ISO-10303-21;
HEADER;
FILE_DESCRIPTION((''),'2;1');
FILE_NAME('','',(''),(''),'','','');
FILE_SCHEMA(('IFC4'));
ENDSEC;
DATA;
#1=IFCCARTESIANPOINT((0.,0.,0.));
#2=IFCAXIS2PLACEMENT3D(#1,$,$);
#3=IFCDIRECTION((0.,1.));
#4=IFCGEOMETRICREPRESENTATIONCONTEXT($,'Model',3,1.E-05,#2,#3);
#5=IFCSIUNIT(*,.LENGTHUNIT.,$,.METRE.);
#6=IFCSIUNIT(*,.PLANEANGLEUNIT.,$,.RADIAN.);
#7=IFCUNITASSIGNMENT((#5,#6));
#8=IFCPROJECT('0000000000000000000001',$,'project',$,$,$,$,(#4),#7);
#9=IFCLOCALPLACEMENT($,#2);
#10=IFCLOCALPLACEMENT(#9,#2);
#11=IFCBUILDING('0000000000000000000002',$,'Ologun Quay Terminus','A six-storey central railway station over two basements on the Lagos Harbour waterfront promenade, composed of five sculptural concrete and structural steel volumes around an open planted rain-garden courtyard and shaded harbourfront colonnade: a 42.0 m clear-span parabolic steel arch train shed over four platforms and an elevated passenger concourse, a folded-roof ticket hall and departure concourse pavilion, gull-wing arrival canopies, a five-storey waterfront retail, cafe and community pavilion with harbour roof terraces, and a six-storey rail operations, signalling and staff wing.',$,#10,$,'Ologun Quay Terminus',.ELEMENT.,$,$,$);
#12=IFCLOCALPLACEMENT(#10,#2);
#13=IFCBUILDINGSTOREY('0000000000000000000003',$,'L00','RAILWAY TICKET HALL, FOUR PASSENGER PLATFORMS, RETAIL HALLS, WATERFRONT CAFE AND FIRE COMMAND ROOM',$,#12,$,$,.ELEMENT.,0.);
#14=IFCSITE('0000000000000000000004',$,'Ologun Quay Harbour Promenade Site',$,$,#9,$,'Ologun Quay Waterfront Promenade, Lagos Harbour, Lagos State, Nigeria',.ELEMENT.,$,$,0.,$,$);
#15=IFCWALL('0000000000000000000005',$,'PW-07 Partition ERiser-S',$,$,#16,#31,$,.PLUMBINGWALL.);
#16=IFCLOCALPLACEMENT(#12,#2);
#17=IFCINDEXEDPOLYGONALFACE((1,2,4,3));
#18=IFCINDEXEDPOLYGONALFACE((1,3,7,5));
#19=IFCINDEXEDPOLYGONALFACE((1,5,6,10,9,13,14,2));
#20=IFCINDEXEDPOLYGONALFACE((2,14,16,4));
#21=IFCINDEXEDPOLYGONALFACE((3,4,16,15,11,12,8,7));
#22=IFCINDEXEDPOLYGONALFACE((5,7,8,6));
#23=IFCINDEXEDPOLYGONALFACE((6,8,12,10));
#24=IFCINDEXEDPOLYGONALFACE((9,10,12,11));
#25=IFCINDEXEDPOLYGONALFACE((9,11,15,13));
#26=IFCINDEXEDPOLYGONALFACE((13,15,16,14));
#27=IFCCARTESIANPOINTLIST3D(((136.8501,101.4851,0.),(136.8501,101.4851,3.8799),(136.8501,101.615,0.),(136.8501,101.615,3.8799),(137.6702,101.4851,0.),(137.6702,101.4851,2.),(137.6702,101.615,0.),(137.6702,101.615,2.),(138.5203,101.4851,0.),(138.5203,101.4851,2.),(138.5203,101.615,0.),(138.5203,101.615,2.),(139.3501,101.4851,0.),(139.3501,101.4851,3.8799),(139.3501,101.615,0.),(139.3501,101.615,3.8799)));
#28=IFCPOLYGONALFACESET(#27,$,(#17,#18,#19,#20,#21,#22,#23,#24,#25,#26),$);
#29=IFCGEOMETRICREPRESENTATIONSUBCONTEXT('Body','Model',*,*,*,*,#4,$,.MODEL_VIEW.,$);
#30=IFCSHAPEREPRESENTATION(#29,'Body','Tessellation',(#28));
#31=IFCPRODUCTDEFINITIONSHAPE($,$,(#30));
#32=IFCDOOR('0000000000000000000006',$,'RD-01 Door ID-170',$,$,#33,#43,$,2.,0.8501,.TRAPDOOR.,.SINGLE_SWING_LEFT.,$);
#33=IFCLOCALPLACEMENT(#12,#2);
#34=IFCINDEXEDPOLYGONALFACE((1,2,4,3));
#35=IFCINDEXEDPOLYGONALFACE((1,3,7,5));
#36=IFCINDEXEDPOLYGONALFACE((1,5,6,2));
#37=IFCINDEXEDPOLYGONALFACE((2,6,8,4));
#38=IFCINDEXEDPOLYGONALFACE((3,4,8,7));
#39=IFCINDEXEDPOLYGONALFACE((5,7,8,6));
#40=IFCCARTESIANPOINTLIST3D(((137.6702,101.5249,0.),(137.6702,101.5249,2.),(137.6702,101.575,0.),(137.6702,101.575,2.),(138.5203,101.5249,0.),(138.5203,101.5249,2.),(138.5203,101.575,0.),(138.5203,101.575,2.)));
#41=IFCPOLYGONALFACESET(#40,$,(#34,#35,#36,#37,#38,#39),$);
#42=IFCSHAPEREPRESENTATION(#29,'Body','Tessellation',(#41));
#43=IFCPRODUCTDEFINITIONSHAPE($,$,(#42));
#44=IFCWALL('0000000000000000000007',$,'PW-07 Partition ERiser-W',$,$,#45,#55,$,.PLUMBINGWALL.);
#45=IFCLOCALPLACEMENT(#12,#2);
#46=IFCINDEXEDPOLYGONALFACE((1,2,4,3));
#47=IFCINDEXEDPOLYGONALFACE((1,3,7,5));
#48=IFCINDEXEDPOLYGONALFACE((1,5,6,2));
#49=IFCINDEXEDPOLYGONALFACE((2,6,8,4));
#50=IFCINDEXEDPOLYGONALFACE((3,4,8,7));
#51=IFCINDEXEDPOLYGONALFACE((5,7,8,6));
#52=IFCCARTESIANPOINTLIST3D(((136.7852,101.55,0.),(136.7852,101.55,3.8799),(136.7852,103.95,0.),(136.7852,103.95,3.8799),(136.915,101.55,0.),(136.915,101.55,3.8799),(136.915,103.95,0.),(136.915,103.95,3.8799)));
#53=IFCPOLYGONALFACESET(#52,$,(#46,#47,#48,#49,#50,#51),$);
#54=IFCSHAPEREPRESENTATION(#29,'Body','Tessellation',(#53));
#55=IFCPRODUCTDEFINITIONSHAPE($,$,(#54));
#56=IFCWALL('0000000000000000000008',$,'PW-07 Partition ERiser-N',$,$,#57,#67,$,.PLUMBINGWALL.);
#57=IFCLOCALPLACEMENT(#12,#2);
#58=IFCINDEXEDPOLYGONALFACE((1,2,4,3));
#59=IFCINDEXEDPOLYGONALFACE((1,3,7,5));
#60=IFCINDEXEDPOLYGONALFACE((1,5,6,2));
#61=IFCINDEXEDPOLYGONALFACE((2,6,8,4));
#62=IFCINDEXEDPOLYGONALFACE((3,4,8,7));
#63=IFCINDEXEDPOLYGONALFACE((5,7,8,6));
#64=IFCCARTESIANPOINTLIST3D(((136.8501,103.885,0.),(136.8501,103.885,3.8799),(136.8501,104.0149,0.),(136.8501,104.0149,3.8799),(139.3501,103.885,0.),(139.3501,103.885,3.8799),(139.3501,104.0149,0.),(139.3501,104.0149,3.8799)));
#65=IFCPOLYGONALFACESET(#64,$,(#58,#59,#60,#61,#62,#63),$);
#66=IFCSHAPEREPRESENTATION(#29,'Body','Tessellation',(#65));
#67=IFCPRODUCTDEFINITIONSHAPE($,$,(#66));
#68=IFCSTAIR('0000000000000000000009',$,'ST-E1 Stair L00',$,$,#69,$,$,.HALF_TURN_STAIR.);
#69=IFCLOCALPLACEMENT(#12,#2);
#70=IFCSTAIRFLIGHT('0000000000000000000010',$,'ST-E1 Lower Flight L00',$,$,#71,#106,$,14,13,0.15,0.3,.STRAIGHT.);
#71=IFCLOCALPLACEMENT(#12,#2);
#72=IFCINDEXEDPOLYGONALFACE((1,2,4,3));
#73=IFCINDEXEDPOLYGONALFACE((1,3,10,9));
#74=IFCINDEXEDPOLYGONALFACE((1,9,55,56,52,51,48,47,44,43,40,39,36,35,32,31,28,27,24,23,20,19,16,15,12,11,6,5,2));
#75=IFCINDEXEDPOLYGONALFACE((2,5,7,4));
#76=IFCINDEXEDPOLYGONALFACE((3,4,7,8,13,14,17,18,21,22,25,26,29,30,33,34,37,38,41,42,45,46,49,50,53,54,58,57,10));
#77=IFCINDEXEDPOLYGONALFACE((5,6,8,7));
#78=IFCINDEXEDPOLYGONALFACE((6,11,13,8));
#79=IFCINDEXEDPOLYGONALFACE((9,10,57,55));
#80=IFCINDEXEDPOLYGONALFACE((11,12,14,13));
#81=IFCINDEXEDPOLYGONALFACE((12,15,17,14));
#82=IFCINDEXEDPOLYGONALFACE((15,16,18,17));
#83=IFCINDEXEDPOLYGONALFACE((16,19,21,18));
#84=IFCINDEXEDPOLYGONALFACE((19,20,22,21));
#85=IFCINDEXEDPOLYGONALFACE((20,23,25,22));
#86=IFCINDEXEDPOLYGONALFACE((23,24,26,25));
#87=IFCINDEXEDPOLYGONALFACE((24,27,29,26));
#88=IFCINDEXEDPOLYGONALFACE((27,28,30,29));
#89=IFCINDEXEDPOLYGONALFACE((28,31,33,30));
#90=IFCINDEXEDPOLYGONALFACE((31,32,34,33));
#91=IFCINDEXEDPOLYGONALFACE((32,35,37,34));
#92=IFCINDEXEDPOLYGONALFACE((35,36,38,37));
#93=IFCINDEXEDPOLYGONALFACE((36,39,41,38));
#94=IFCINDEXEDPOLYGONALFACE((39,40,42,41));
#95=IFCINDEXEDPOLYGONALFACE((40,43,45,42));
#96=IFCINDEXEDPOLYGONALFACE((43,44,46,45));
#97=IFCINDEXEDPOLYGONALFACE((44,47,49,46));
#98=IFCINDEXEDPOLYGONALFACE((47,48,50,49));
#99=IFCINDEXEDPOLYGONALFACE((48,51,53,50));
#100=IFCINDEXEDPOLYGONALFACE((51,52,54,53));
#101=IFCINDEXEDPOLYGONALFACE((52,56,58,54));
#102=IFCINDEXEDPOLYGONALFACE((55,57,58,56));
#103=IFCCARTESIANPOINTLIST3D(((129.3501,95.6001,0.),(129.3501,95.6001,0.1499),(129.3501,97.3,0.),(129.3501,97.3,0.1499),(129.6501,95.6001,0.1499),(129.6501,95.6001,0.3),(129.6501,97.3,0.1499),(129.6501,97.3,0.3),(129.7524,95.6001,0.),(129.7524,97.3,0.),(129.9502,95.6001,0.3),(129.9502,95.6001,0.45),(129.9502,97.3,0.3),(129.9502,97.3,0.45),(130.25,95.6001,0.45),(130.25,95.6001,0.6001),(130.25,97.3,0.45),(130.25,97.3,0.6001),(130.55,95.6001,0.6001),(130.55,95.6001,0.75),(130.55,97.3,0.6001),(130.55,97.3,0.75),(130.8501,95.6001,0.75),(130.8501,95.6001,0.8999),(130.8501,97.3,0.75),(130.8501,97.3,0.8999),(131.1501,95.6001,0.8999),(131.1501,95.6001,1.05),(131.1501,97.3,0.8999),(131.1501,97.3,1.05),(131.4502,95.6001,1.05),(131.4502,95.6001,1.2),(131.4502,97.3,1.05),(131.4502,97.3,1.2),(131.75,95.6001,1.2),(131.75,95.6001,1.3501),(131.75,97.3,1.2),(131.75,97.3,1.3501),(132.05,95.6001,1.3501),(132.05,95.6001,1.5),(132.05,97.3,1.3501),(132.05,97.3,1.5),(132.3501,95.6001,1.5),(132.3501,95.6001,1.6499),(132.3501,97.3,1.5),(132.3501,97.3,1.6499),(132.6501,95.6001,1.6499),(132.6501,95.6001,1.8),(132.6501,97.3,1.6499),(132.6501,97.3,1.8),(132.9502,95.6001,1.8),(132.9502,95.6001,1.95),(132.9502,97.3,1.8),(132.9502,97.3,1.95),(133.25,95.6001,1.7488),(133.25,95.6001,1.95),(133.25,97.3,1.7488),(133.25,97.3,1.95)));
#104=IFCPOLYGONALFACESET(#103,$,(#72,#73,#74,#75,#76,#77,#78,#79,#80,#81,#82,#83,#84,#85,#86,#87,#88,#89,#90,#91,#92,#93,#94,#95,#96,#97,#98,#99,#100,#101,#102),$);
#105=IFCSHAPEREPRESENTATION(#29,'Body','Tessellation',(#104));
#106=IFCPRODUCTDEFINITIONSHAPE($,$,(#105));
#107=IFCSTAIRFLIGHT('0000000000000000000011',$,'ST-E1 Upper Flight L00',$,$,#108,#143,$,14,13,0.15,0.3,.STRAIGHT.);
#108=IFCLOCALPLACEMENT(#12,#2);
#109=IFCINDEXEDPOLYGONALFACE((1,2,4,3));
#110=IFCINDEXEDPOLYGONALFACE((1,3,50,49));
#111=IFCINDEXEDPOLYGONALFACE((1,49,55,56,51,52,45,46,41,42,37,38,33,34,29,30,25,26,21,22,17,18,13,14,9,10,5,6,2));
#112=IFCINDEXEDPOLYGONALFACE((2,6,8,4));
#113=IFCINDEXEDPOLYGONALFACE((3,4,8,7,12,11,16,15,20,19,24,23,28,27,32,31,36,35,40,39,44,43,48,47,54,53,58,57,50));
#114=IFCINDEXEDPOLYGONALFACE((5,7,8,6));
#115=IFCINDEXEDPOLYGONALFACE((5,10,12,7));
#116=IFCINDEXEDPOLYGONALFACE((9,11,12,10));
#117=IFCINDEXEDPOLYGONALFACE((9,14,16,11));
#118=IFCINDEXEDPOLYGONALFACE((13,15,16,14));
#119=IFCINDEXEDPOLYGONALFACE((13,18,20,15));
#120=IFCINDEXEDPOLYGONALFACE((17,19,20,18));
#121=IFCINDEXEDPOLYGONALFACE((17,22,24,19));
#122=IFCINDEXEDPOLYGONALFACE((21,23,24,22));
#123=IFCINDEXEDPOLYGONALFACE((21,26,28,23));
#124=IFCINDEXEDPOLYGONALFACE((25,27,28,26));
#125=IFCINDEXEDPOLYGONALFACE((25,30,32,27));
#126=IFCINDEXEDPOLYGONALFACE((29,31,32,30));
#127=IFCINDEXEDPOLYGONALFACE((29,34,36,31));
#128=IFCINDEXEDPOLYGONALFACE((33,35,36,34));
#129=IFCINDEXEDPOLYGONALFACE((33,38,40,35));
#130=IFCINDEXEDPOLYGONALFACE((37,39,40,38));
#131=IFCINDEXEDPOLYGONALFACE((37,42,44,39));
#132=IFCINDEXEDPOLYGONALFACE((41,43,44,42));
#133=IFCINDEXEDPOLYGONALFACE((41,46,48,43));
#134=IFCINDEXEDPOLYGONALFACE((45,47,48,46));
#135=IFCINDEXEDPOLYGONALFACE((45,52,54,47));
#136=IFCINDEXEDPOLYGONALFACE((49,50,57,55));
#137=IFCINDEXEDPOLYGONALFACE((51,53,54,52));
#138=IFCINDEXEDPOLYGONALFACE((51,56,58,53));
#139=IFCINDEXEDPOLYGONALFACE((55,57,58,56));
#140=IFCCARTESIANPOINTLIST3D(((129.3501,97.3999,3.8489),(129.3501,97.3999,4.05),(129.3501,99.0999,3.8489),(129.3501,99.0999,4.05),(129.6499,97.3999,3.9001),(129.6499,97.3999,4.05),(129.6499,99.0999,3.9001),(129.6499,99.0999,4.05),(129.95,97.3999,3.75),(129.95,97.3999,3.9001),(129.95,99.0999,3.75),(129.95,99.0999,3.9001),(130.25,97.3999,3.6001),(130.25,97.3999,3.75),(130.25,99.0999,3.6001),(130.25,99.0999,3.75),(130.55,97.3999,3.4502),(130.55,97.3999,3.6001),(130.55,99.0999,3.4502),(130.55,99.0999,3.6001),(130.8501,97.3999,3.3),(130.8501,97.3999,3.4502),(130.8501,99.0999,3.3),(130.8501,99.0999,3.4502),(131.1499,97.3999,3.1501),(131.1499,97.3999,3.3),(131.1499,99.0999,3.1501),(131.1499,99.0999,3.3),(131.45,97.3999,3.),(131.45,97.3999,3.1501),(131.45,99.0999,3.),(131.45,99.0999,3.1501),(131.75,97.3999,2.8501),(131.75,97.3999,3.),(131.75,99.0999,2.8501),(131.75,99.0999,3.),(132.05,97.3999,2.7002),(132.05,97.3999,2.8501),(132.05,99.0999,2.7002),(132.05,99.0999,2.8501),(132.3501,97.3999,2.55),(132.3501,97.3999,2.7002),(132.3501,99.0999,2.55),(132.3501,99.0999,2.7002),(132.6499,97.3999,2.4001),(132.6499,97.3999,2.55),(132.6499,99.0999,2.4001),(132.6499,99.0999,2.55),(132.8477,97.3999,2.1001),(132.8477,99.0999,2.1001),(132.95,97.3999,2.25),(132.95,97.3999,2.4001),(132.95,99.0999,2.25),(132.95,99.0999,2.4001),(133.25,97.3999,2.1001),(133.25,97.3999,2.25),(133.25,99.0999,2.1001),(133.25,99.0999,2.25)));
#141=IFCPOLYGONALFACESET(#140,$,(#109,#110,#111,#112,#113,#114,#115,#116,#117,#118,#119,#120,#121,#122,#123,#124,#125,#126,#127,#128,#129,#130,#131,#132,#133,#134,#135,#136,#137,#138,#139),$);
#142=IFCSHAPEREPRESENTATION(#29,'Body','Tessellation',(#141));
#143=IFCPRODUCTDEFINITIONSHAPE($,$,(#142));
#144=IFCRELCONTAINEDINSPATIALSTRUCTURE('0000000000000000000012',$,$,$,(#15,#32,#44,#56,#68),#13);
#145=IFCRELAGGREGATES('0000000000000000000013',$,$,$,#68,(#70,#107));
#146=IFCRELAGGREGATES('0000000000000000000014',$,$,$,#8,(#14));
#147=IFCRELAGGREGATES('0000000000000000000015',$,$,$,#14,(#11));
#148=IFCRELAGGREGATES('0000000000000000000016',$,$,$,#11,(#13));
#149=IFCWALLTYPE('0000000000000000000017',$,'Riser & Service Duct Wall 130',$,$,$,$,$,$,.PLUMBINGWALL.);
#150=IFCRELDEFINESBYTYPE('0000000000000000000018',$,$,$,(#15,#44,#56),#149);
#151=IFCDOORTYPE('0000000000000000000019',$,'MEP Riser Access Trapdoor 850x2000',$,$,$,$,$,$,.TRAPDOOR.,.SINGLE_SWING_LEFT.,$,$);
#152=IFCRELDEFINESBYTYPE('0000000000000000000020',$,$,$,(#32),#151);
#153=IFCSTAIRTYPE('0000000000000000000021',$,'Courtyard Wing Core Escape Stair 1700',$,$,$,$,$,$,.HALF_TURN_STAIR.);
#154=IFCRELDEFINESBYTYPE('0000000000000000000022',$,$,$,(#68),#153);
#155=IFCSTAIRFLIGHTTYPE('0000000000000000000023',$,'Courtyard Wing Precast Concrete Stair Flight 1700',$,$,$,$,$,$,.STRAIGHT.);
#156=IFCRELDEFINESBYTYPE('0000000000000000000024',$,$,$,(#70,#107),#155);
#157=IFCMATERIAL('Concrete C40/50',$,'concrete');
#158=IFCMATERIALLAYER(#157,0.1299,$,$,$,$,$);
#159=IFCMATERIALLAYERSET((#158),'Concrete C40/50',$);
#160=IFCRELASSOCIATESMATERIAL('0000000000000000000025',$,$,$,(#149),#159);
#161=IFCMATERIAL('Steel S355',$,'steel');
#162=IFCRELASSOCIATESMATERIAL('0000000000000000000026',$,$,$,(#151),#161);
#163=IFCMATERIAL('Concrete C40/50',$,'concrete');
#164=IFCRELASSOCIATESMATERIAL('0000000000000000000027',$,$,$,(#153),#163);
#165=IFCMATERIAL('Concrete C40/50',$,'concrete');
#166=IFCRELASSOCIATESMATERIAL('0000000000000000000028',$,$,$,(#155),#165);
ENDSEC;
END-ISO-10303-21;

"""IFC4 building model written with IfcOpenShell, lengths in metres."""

from ifc_helpers import new_model, si_unit, direction, frame, frame_2d, origin, place, context, subcontext, project, spatial, polyline, rectangle, outline, extrude, material, layer, layer_set, type_object, element, fill, aggregate, save


model = new_model("IFC4")

# Units and contexts
model_context = context("Model", 3, precision=1e-05, world=origin(), true_north=direction((0.0, 1.0)))
body_context = subcontext(model_context, "Body", "Model", "MODEL_VIEW")
ifc_project = project(units=[si_unit("LENGTHUNIT", "METRE"), si_unit("PLANEANGLEUNIT", "RADIAN")], contexts=[model_context])

# Site, building, storey
site_placement = place(None, origin())
site = spatial("IfcSite", under=ifc_project, at=site_placement, Name="Ologun Quay Harbour Promenade Site", LongName="Ologun Quay Waterfront Promenade, Lagos Harbour, Lagos State, Nigeria", CompositionType="ELEMENT", RefElevation=0.0)
building_placement = place(site_placement, origin())
building = spatial("IfcBuilding", under=site, at=building_placement, Name="Ologun Quay Terminus", Description="A six-storey central railway station over two basements on the Lagos Harbour waterfront promenade, composed of five sculptural concrete and structural steel volumes around an open planted rain-garden courtyard and shaded harbourfront colonnade: a 42.0 m clear-span parabolic steel arch train shed over four platforms and an elevated passenger concourse, a folded-roof ticket hall and departure concourse pavilion, gull-wing arrival canopies, a five-storey waterfront retail, cafe and community pavilion with harbour roof terraces, and a six-storey rail operations, signalling and staff wing.", LongName="Ologun Quay Terminus", CompositionType="ELEMENT")
storey_placement = place(building_placement, origin())
storey = spatial("IfcBuildingStorey", under=building, at=storey_placement, Name="L00", Description="RAILWAY TICKET HALL, FOUR PASSENGER PLATFORMS, RETAIL HALLS, WATERFRONT CAFE AND FIRE COMMAND ROOM", CompositionType="ELEMENT", Elevation=0.0)

# Wall, opening, door
ifc_material_1 = material(Name="Concrete C40/50", Category="concrete")
ifc_layer_1 = layer(ifc_material_1, 0.1299)
ifc_layer_set_1 = layer_set([ifc_layer_1], Name="Concrete C40/50")
wall_type_1 = type_object("IfcWallType", Name="Riser & Service Duct Wall 130", PredefinedType="PLUMBINGWALL", material=ifc_layer_set_1)
wall_1_placement = place(storey_placement, frame((136.8501, 101.55, 0.0), z_axis=(0.0, 0.0, 1.0), x_axis=(1.0, 0.0, 0.0)))
wall_1 = element("IfcWall", 1, at=wall_1_placement, inside=storey, type_object=wall_type_1, Name="PW-07 Partition ERiser-S", PredefinedType="PLUMBINGWALL", context=body_context, shape_type="SweptSolid", body=[
    extrude(rectangle(XDim=2.5, YDim=0.1299, at=frame_2d((1.25, 0.0))), origin(), (0.0, 0.0, 1.0), 3.8799),
])
opening_1_placement = place(wall_1_placement, frame((0.8201, 0.0, 0.0)))
opening_1 = element("IfcOpeningElement", 2, at=opening_1_placement, cuts=wall_1, PredefinedType="OPENING", context=body_context, shape_type="SweptSolid", body=[
    extrude(rectangle(XDim=0.8501, YDim=2.0, at=frame_2d((0.425, 1.0))), frame((0.0, 0.075, 0.0), z_axis=(0.0, -1.0, 0.0), x_axis=(1.0, 0.0, 0.0)), (0.0, 0.0, 1.0), 0.1499),
])
ifc_material_2 = material(Name="Steel S355", Category="steel")
door_type_1 = type_object("IfcDoorType", Name="MEP Riser Access Trapdoor 850x2000", OperationType="SINGLE_SWING_LEFT", PredefinedType="TRAPDOOR", material=ifc_material_2)
door_1_placement = place(opening_1_placement, origin())
door_1 = element("IfcDoor", 3, at=door_1_placement, inside=storey, type_object=door_type_1, Name="RD-01 Door ID-170", OperationType="SINGLE_SWING_LEFT", OverallHeight=2.0, OverallWidth=0.8501, PredefinedType="TRAPDOOR", context=body_context, shape_type="SweptSolid", body=[
    extrude(rectangle(XDim=0.8501, YDim=2.0, at=frame_2d((0.425, 1.0))), frame((0.0, 0.0249, 0.0), z_axis=(0.0, -1.0, 0.0), x_axis=(1.0, 0.0, 0.0)), (0.0, 0.0, 1.0), 0.05),
])
fill(opening_1, door_1)

# Walls
wall_2_placement = place(storey_placement, frame((136.8501, 101.55, 0.0), z_axis=(0.0, 0.0, 1.0), x_axis=(0.0, 1.0, 0.0)))
element("IfcWall", 4, at=wall_2_placement, inside=storey, type_object=wall_type_1, Name="PW-07 Partition ERiser-W", PredefinedType="PLUMBINGWALL", context=body_context, shape_type="SweptSolid", body=[
    extrude(rectangle(XDim=2.3999, YDim=0.1299, at=frame_2d((1.2, 0.0))), origin(), (0.0, 0.0, 1.0), 3.8799),
])
wall_3_placement = place(storey_placement, frame((136.8501, 103.95, 0.0), z_axis=(0.0, 0.0, 1.0), x_axis=(1.0, 0.0, 0.0)))
element("IfcWall", 5, at=wall_3_placement, inside=storey, type_object=wall_type_1, Name="PW-07 Partition ERiser-N", PredefinedType="PLUMBINGWALL", context=body_context, shape_type="SweptSolid", body=[
    extrude(rectangle(XDim=2.5, YDim=0.1299, at=frame_2d((1.25, 0.0))), origin(), (0.0, 0.0, 1.0), 3.8799),
])

# Stair, stair flights
ifc_material_3 = material(Name="Concrete C40/50", Category="concrete")
stair_type = type_object("IfcStairType", Name="Courtyard Wing Core Escape Stair 1700", PredefinedType="HALF_TURN_STAIR", material=ifc_material_3)
stair_placement = place(storey_placement, origin())
stair = element("IfcStair", 6, at=stair_placement, inside=storey, type_object=stair_type, Name="ST-E1 Stair L00", PredefinedType="HALF_TURN_STAIR")
ifc_material_4 = material(Name="Concrete C40/50", Category="concrete")
stair_flight_type = type_object("IfcStairFlightType", Name="Courtyard Wing Precast Concrete Stair Flight 1700", PredefinedType="STRAIGHT", material=ifc_material_4)
stair_flight_1_placement = place(storey_placement, frame((129.3501, 96.45, 0.0), z_axis=(0.0, 0.0, 1.0), x_axis=(1.0, 0.0, 0.0)))
stair_flight_1 = element("IfcStairFlight", 7, at=stair_flight_1_placement, type_object=stair_flight_type, Name="ST-E1 Lower Flight L00", NumberOfRisers=14, NumberOfTreads=13, PredefinedType="STRAIGHT", RiserHeight=0.15, TreadLength=0.3, context=body_context, shape_type="SweptSolid", body=[
    extrude(outline(polyline([(0.0, 0.0), (0.0, 0.1499), (0.3, 0.1499), (0.3, 0.3), (0.6001, 0.3), (0.6001, 0.45), (0.8999, 0.45), (0.8999, 0.6001), (1.2, 0.6001), (1.2, 0.75), (1.5, 0.75), (1.5, 0.8999), (1.8, 0.8999), (1.8, 1.05), (2.1001, 1.05), (2.1001, 1.2), (2.3999, 1.2), (2.3999, 1.3501), (2.7, 1.3501), (2.7, 1.5), (3.0, 1.5), (3.0, 1.6499), (3.3, 1.6499), (3.3, 1.8), (3.6001, 1.8), (3.6001, 1.95), (3.8999, 1.95), (3.8999, 2.1001), (3.8999, 1.7488), (0.4023, 0.0), (0.0, 0.0)])), frame((0.0, 0.8501, 0.0), z_axis=(0.0, -1.0, 0.0), x_axis=(1.0, 0.0, 0.0)), (0.0, 0.0, 1.0), 1.7),
])
stair_flight_2_placement = place(storey_placement, frame((133.25, 98.25, 2.1001), z_axis=(0.0, 0.0, 1.0), x_axis=(-1.0, 0.0, 0.0)))
stair_flight_2 = element("IfcStairFlight", 8, at=stair_flight_2_placement, type_object=stair_flight_type, Name="ST-E1 Upper Flight L00", NumberOfRisers=14, NumberOfTreads=13, PredefinedType="STRAIGHT", RiserHeight=0.15, TreadLength=0.3, context=body_context, shape_type="SweptSolid", body=[
    extrude(outline(polyline([(0.0, 0.0), (0.0, 0.1499), (0.3, 0.1499), (0.3, 0.3), (0.6001, 0.3), (0.6001, 0.45), (0.8999, 0.45), (0.8999, 0.6001), (1.2, 0.6001), (1.2, 0.75), (1.5, 0.75), (1.5, 0.8999), (1.8, 0.8999), (1.8, 1.05), (2.1001, 1.05), (2.1001, 1.2), (2.3999, 1.2), (2.3999, 1.3501), (2.7, 1.3501), (2.7, 1.5), (3.0, 1.5), (3.0, 1.6499), (3.3, 1.6499), (3.3, 1.8), (3.6001, 1.8), (3.6001, 1.95), (3.8999, 1.95), (3.8999, 2.1001), (3.8999, 1.7488), (0.4023, 0.0), (0.0, 0.0)])), frame((0.0, 0.8501, 0.0), z_axis=(0.0, -1.0, 0.0), x_axis=(1.0, 0.0, 0.0)), (0.0, 0.0, 1.0), 1.7),
])
aggregate(stair, [stair_flight_1, stair_flight_2])

save(model, "model.ifc")
